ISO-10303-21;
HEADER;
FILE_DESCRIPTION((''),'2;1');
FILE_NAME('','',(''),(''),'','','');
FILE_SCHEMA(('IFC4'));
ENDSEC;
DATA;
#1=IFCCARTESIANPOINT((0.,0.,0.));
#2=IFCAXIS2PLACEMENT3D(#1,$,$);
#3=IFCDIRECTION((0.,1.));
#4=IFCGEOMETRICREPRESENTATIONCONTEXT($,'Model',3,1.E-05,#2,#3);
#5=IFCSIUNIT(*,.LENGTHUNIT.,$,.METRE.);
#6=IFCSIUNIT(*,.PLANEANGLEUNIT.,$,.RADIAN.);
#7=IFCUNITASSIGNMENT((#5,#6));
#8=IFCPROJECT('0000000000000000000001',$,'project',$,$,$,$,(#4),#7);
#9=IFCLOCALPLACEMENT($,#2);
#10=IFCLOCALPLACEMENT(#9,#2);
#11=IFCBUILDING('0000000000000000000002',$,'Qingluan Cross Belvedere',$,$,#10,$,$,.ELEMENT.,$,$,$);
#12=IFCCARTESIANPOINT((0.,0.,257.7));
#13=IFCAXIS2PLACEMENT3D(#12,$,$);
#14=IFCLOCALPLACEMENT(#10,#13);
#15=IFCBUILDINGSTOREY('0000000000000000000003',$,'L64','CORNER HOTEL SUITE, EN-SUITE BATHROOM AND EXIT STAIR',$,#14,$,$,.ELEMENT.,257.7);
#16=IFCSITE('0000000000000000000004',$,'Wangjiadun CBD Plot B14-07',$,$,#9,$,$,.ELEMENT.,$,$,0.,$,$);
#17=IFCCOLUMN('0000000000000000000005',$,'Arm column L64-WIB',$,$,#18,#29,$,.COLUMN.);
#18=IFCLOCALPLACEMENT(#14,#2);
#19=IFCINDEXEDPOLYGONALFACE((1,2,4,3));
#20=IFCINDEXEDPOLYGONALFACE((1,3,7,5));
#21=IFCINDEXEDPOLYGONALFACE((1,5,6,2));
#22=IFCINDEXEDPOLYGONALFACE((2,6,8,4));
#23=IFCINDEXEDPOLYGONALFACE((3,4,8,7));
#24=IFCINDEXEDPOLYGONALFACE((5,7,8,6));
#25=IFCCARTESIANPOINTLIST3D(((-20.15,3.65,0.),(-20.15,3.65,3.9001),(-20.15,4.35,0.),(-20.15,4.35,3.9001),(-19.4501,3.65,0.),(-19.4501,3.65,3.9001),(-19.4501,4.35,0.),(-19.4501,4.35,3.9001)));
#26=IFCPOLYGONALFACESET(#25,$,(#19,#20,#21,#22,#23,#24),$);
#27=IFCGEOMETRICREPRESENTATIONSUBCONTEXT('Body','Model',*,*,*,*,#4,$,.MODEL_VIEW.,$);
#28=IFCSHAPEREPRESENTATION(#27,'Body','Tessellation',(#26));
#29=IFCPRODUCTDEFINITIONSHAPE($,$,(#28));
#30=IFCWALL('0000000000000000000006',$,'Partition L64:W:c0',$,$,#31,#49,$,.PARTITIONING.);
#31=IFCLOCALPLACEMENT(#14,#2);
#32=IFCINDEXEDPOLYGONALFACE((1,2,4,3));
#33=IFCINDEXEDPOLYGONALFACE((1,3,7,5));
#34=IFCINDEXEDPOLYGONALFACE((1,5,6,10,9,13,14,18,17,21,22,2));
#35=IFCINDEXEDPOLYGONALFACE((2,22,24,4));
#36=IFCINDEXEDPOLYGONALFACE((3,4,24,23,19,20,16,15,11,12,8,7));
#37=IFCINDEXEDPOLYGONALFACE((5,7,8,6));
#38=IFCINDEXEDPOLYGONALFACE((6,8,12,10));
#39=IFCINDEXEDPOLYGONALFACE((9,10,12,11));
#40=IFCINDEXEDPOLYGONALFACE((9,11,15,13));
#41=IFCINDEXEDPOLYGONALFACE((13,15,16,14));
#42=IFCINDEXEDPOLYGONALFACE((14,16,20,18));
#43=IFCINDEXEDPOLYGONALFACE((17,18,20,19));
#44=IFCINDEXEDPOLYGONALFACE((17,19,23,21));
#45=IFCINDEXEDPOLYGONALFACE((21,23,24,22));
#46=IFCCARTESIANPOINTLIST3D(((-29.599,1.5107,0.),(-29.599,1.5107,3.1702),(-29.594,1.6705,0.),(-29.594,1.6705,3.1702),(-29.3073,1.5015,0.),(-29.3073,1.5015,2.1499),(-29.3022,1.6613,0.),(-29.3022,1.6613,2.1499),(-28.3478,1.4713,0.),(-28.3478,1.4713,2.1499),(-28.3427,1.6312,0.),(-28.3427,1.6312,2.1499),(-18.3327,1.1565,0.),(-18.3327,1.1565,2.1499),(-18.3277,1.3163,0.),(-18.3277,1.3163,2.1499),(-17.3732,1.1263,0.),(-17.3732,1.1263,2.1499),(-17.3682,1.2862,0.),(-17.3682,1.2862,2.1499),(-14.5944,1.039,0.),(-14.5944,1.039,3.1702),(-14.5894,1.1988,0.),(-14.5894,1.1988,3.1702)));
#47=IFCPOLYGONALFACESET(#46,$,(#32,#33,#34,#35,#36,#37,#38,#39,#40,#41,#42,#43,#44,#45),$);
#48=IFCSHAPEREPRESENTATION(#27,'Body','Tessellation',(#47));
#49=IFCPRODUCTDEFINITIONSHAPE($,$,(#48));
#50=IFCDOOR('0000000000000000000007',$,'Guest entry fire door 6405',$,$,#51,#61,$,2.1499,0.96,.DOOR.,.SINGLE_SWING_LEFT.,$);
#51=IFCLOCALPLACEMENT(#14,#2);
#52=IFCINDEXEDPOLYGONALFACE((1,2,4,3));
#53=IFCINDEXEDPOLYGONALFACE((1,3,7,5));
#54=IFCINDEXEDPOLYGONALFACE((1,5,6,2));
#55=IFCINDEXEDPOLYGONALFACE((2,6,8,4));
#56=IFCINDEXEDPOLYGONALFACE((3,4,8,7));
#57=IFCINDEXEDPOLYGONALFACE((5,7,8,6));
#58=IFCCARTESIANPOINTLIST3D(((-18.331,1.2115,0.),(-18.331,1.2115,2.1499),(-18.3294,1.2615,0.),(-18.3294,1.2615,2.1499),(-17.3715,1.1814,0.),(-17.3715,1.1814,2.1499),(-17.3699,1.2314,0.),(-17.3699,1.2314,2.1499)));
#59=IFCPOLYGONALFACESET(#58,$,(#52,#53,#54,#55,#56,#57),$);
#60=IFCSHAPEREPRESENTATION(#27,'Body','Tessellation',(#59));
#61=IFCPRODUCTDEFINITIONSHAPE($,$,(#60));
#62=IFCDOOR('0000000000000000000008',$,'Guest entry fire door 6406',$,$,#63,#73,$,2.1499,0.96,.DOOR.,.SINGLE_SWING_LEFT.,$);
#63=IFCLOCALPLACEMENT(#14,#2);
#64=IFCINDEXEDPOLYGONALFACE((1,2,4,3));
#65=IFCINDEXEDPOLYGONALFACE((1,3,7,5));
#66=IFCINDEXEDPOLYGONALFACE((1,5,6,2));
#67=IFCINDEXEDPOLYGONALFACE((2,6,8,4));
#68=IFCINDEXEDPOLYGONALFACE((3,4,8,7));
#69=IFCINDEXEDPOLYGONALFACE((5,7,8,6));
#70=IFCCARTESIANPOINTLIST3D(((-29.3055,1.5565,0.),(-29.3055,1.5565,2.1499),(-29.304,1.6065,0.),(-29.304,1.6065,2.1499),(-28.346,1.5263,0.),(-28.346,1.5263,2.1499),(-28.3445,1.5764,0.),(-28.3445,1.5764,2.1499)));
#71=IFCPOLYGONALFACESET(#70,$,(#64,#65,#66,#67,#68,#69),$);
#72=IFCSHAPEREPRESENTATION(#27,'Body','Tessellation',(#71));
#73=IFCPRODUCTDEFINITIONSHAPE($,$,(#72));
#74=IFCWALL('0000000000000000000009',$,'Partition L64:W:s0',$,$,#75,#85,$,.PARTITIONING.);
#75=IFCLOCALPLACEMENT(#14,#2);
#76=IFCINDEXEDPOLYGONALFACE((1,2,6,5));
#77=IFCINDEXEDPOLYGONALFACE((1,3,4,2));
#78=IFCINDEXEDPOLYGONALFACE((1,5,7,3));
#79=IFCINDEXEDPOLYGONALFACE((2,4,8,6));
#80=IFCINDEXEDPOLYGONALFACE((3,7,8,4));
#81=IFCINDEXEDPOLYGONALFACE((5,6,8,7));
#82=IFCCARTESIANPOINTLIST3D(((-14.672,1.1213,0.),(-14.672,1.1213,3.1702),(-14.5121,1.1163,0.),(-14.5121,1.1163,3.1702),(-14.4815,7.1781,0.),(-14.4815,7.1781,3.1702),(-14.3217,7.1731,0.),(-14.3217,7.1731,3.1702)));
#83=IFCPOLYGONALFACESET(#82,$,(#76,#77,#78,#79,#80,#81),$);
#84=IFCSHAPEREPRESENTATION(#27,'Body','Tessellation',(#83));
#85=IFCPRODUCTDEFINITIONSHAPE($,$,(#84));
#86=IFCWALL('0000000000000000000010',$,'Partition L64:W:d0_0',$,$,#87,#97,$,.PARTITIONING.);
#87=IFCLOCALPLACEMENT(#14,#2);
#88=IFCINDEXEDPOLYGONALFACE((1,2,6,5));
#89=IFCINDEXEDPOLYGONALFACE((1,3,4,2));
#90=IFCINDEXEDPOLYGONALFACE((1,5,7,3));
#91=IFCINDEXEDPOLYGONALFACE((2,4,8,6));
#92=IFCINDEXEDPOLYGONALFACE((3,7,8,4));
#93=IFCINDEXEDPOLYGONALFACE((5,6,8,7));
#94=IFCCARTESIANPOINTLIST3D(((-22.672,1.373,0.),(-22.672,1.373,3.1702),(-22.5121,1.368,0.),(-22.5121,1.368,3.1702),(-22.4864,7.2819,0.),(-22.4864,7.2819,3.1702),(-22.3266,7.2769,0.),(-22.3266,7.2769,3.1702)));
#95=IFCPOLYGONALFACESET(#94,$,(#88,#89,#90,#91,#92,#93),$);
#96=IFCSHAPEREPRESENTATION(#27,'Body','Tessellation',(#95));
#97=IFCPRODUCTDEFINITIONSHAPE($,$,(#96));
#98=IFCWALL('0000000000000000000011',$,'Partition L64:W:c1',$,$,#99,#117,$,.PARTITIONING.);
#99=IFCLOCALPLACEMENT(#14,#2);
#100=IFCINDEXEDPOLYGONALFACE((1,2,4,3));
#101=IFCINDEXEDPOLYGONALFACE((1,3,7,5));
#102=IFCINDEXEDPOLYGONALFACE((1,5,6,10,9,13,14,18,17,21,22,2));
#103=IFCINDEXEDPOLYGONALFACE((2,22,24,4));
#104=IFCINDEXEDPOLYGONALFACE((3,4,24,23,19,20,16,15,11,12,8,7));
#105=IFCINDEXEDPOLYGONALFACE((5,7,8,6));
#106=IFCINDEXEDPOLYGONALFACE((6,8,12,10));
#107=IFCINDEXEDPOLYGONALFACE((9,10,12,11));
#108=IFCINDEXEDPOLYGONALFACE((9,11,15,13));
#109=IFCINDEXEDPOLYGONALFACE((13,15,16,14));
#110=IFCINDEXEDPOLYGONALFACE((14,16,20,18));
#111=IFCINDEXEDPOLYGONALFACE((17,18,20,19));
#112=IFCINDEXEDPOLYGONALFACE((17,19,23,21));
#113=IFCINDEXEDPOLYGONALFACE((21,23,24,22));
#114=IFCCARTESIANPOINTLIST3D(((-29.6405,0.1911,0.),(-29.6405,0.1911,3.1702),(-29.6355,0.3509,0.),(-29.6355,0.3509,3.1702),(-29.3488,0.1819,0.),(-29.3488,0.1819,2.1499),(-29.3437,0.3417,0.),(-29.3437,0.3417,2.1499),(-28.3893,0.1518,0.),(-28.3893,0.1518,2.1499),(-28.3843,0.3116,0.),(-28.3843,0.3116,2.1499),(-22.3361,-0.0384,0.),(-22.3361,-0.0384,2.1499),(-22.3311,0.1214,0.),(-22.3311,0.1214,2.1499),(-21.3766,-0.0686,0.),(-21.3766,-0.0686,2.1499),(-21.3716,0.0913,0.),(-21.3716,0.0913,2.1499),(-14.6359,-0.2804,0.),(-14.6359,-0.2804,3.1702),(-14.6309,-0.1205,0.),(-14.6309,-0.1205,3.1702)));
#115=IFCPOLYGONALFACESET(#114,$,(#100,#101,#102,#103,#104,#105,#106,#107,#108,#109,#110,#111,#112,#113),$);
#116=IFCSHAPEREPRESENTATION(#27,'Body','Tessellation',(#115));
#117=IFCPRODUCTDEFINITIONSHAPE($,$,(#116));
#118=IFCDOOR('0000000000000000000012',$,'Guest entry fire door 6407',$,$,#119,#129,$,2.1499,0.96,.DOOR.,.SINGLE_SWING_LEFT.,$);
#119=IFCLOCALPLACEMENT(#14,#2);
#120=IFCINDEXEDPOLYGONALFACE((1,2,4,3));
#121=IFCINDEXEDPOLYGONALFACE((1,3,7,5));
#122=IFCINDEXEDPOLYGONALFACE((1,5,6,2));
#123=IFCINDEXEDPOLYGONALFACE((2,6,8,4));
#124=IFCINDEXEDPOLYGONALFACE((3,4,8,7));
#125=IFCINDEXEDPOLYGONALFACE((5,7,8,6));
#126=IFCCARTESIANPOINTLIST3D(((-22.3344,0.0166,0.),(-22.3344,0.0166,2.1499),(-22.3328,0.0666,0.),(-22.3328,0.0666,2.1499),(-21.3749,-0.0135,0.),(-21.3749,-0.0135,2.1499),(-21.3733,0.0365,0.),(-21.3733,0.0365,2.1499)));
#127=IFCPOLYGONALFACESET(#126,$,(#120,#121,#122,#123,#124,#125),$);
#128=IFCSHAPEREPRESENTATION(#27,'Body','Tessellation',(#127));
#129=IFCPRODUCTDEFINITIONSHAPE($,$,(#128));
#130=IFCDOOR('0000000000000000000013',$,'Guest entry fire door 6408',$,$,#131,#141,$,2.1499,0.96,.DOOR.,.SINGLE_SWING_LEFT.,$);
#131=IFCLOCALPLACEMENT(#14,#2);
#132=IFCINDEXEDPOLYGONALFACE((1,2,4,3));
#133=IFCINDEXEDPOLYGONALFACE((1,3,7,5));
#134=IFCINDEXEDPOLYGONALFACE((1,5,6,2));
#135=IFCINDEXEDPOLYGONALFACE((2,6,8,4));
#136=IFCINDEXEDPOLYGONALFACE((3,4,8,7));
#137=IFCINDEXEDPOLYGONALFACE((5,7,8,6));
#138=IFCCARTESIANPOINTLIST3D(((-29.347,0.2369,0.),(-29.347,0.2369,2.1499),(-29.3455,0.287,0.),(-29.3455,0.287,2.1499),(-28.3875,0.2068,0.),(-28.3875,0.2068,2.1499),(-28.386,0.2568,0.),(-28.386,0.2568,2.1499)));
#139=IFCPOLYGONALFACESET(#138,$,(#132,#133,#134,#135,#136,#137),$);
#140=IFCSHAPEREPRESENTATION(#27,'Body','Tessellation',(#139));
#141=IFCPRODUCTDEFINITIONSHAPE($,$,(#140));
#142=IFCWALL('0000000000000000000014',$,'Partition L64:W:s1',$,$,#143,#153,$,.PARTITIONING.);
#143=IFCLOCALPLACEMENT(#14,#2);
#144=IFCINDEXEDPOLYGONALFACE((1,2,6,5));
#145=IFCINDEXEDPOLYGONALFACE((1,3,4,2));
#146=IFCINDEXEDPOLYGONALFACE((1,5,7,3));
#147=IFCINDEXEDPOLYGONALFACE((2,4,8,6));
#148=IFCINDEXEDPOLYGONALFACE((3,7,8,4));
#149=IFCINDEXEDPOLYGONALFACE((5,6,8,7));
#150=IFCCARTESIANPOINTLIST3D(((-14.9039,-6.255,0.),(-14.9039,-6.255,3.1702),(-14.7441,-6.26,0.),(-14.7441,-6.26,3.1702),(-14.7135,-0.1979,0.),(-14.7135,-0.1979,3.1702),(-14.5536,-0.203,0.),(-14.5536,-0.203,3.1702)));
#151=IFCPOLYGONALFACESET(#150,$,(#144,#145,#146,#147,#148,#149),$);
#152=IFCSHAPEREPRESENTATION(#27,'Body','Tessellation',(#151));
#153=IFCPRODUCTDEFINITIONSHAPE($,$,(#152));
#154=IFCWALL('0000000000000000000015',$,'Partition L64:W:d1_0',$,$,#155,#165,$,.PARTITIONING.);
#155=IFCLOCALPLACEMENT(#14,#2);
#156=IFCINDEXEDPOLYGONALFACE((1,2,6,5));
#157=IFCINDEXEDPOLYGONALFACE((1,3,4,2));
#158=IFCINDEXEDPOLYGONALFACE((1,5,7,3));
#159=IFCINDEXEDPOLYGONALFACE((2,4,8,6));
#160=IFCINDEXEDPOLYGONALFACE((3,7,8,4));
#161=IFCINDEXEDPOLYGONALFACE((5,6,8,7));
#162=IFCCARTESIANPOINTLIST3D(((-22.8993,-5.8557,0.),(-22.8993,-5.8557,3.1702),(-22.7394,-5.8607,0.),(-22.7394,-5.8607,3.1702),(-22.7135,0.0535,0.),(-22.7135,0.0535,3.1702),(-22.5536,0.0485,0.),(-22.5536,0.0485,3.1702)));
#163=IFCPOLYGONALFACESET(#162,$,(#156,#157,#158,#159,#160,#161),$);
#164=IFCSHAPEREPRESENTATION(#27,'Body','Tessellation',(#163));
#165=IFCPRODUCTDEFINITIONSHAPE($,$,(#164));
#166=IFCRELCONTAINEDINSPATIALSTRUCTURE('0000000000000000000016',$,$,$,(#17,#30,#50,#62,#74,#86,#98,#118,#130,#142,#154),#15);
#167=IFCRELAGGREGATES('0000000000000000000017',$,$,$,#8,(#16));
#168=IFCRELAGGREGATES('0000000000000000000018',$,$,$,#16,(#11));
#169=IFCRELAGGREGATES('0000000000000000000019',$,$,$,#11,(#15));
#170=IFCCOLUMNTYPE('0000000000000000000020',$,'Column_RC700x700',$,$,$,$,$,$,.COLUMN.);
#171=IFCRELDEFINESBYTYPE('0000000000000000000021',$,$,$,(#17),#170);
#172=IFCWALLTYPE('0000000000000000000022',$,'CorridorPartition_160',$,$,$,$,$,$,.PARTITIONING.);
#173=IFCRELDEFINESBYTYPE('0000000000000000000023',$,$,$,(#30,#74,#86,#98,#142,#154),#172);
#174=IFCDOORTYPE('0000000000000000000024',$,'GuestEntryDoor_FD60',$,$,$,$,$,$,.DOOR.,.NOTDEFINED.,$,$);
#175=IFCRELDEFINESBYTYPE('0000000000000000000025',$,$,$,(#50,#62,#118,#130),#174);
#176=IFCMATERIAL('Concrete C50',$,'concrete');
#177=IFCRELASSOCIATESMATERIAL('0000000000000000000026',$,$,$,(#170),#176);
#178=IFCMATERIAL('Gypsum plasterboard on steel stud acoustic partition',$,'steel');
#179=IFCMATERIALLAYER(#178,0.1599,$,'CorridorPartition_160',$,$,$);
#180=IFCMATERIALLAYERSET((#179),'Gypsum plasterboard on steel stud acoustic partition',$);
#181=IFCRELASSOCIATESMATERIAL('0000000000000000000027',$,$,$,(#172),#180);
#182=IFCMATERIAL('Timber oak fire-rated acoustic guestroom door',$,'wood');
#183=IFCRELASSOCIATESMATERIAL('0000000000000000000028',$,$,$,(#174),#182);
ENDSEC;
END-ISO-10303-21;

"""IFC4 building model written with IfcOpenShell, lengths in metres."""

from ifc_helpers import new_model, si_unit, direction, frame, frame_2d, origin, origin_2d, place, context, subcontext, project, spatial, rectangle, extrude, material, layer, layer_set, material_profile, profile_set, type_object, element, fill, save


model = new_model("IFC4")

# Units and contexts
model_context = context("Model", 3, precision=1e-05, world=origin(), true_north=direction((0.0, 1.0)))
body_context = subcontext(model_context, "Body", "Model", "MODEL_VIEW")
ifc_project = project(units=[si_unit("LENGTHUNIT", "METRE"), si_unit("PLANEANGLEUNIT", "RADIAN")], contexts=[model_context])

# Site, building, storey
site_placement = place(None, origin())
site = spatial("IfcSite", under=ifc_project, at=site_placement, Name="Wangjiadun CBD Plot B14-07", CompositionType="ELEMENT", RefElevation=0.0)
building_placement = place(site_placement, origin())
building = spatial("IfcBuilding", under=site, at=building_placement, Name="Qingluan Cross Belvedere", CompositionType="ELEMENT")
storey_placement = place(building_placement, frame((0.0, 0.0, 257.7)))
storey = spatial("IfcBuildingStorey", under=building, at=storey_placement, Name="L64", Description="CORNER HOTEL SUITE, EN-SUITE BATHROOM AND EXIT STAIR", CompositionType="ELEMENT", Elevation=257.7)

# Column
ifc_material_1 = material(Name="Concrete C50", Category="concrete")
ifc_material_profile = material_profile(ifc_material_1, rectangle(XDim=0.7, YDim=0.7, at=origin_2d()), Name="RC700x700")
ifc_profile_set = profile_set([ifc_material_profile], Name="Concrete C50")
column_type = type_object("IfcColumnType", Name="Column_RC700x700", PredefinedType="COLUMN", material=ifc_profile_set)
column_placement = place(storey_placement, frame((-19.8, 4.0, 0.0), z_axis=(0.0, 0.0, 1.0), x_axis=(1.0, 0.0, 0.0)))
element("IfcColumn", 1, at=column_placement, inside=storey, type_object=column_type, Name="Arm column L64-WIB", PredefinedType="COLUMN", context=body_context, shape_type="SweptSolid", body=[
    extrude(rectangle(XDim=0.7, YDim=0.7, at=origin_2d()), origin(), (0.0, 0.0, 1.0), 3.9001),
])

# Wall, openings, doors
ifc_material_2 = material(Name="Gypsum plasterboard on steel stud acoustic partition", Category="steel")
ifc_layer_1 = layer(ifc_material_2, 0.1599, Name="CorridorPartition_160")
ifc_layer_set_1 = layer_set([ifc_layer_1], Name="Gypsum plasterboard on steel stud acoustic partition")
wall_type_1 = type_object("IfcWallType", Name="CorridorPartition_160", PredefinedType="PARTITIONING", material=ifc_layer_set_1)
wall_1_placement = place(storey_placement, frame((-14.592, 1.1189, 0.0), z_axis=(0.0, 0.0, 1.0), x_axis=(-0.999506, 0.03142, 0.0)))
wall_1 = element("IfcWall", 2, at=wall_1_placement, inside=storey, type_object=wall_type_1, Name="Partition L64:W:c0", PredefinedType="PARTITIONING", context=body_context, shape_type="SweptSolid", body=[
    extrude(rectangle(XDim=15.012, YDim=0.1599, at=frame_2d((7.5059, 0.0))), origin(), (0.0, 0.0, 1.0), 3.1702),
])
opening_1_placement = place(wall_1_placement, frame((2.78, 0.0, 0.0)))
opening_1 = element("IfcOpeningElement", 3, at=opening_1_placement, cuts=wall_1, PredefinedType="OPENING", context=body_context, shape_type="SweptSolid", body=[
    extrude(rectangle(XDim=0.96, YDim=2.1499, at=frame_2d((0.48, 1.075))), frame((0.0, 0.0898, 0.0), z_axis=(0.0, -1.0, 0.0), x_axis=(1.0, 0.0, 0.0)), (0.0, 0.0, 1.0), 0.1799),
])
opening_2_placement = place(wall_1_placement, frame((13.76, 0.0, 0.0)))
opening_2 = element("IfcOpeningElement", 4, at=opening_2_placement, cuts=wall_1, PredefinedType="OPENING", context=body_context, shape_type="SweptSolid", body=[
    extrude(rectangle(XDim=0.96, YDim=2.1499, at=frame_2d((0.48, 1.075))), frame((0.0, 0.0898, 0.0), z_axis=(0.0, -1.0, 0.0), x_axis=(1.0, 0.0, 0.0)), (0.0, 0.0, 1.0), 0.1799),
])
ifc_material_3 = material(Name="Timber oak fire-rated acoustic guestroom door", Category="wood")
door_type_1 = type_object("IfcDoorType", Name="GuestEntryDoor_FD60", OperationType="NOTDEFINED", PredefinedType="DOOR", material=ifc_material_3)
door_1_placement = place(opening_1_placement, origin())
door_1 = element("IfcDoor", 5, at=door_1_placement, inside=storey, type_object=door_type_1, Name="Guest entry fire door 6405", OperationType="SINGLE_SWING_LEFT", OverallHeight=2.1499, OverallWidth=0.96, PredefinedType="DOOR", context=body_context, shape_type="SweptSolid", body=[
    extrude(rectangle(XDim=0.96, YDim=2.1499, at=frame_2d((0.48, 1.075))), frame((0.0, 0.0249, 0.0), z_axis=(0.0, -1.0, 0.0), x_axis=(1.0, 0.0, 0.0)), (0.0, 0.0, 1.0), 0.05),
])
fill(opening_1, door_1)
door_2_placement = place(opening_2_placement, origin())
door_2 = element("IfcDoor", 6, at=door_2_placement, inside=storey, type_object=door_type_1, Name="Guest entry fire door 6406", OperationType="SINGLE_SWING_LEFT", OverallHeight=2.1499, OverallWidth=0.96, PredefinedType="DOOR", context=body_context, shape_type="SweptSolid", body=[
    extrude(rectangle(XDim=0.96, YDim=2.1499, at=frame_2d((0.48, 1.075))), frame((0.0, 0.0249, 0.0), z_axis=(0.0, -1.0, 0.0), x_axis=(1.0, 0.0, 0.0)), (0.0, 0.0, 1.0), 0.05),
])
fill(opening_2, door_2)

# Walls
wall_2_placement = place(storey_placement, frame((-14.592, 1.1189, 0.0), z_axis=(0.0, 0.0, 1.0), x_axis=(0.031425, 0.999506, 0.0)))
element("IfcWall", 7, at=wall_2_placement, inside=storey, type_object=wall_type_1, Name="Partition L64:W:s0", PredefinedType="PARTITIONING", context=body_context, shape_type="SweptSolid", body=[
    extrude(rectangle(XDim=6.0598, YDim=0.1599, at=frame_2d((3.0298, 0.0))), origin(), (0.0, 0.0, 1.0), 3.1702),
])
wall_3_placement = place(storey_placement, frame((-22.592, 1.3704, 0.0), z_axis=(0.0, 0.0, 1.0), x_axis=(0.031386, 0.999507, 0.0)))
element("IfcWall", 8, at=wall_3_placement, inside=storey, type_object=wall_type_1, Name="Partition L64:W:d0_0", PredefinedType="PARTITIONING", context=body_context, shape_type="SweptSolid", body=[
    extrude(rectangle(XDim=5.9119, YDim=0.1599, at=frame_2d((2.9561, 0.0))), origin(), (0.0, 0.0, 1.0), 3.1702),
])

# Wall, openings, doors
wall_4_placement = place(storey_placement, frame((-14.6335, -0.2004, 0.0), z_axis=(0.0, 0.0, 1.0), x_axis=(-0.999507, 0.031404, 0.0)))
wall_4 = element("IfcWall", 9, at=wall_4_placement, inside=storey, type_object=wall_type_1, Name="Partition L64:W:c1", PredefinedType="PARTITIONING", context=body_context, shape_type="SweptSolid", body=[
    extrude(rectangle(XDim=15.012, YDim=0.1599, at=frame_2d((7.5059, 0.0))), origin(), (0.0, 0.0, 1.0), 3.1702),
])
opening_3_placement = place(wall_4_placement, frame((6.7439, 0.0, 0.0)))
opening_3 = element("IfcOpeningElement", 10, at=opening_3_placement, cuts=wall_4, PredefinedType="OPENING", context=body_context, shape_type="SweptSolid", body=[
    extrude(rectangle(XDim=0.96, YDim=2.1499, at=frame_2d((0.48, 1.075))), frame((0.0, 0.0898, 0.0), z_axis=(0.0, -1.0, 0.0), x_axis=(1.0, 0.0, 0.0)), (0.0, 0.0, 1.0), 0.1799),
])
opening_4_placement = place(wall_4_placement, frame((13.76, 0.0, 0.0)))
opening_4 = element("IfcOpeningElement", 11, at=opening_4_placement, cuts=wall_4, PredefinedType="OPENING", context=body_context, shape_type="SweptSolid", body=[
    extrude(rectangle(XDim=0.96, YDim=2.1499, at=frame_2d((0.48, 1.075))), frame((0.0, 0.0898, 0.0), z_axis=(0.0, -1.0, 0.0), x_axis=(1.0, 0.0, 0.0)), (0.0, 0.0, 1.0), 0.1799),
])
door_3_placement = place(opening_3_placement, origin())
door_3 = element("IfcDoor", 12, at=door_3_placement, inside=storey, type_object=door_type_1, Name="Guest entry fire door 6407", OperationType="SINGLE_SWING_LEFT", OverallHeight=2.1499, OverallWidth=0.96, PredefinedType="DOOR", context=body_context, shape_type="SweptSolid", body=[
    extrude(rectangle(XDim=0.96, YDim=2.1499, at=frame_2d((0.48, 1.075))), frame((0.0, 0.0249, 0.0), z_axis=(0.0, -1.0, 0.0), x_axis=(1.0, 0.0, 0.0)), (0.0, 0.0, 1.0), 0.05),
])
fill(opening_3, door_3)
door_4_placement = place(opening_4_placement, origin())
door_4 = element("IfcDoor", 13, at=door_4_placement, inside=storey, type_object=door_type_1, Name="Guest entry fire door 6408", OperationType="SINGLE_SWING_LEFT", OverallHeight=2.1499, OverallWidth=0.96, PredefinedType="DOOR", context=body_context, shape_type="SweptSolid", body=[
    extrude(rectangle(XDim=0.96, YDim=2.1499, at=frame_2d((0.48, 1.075))), frame((0.0, 0.0249, 0.0), z_axis=(0.0, -1.0, 0.0), x_axis=(1.0, 0.0, 0.0)), (0.0, 0.0, 1.0), 0.05),
])
fill(opening_4, door_4)

# Walls
wall_5_placement = place(storey_placement, frame((-14.6335, -0.2004, 0.0), z_axis=(0.0, 0.0, 1.0), x_axis=(-0.031423, -0.999506, 0.0)))
element("IfcWall", 14, at=wall_5_placement, inside=storey, type_object=wall_type_1, Name="Partition L64:W:s1", PredefinedType="PARTITIONING", context=body_context, shape_type="SweptSolid", body=[
    extrude(rectangle(XDim=6.0601, YDim=0.1599, at=frame_2d((3.03, 0.0))), origin(), (0.0, 0.0, 1.0), 3.1702),
])
wall_6_placement = place(storey_placement, frame((-22.6335, 0.051, 0.0), z_axis=(0.0, 0.0, 1.0), x_axis=(-0.031426, -0.999506, 0.0)))
element("IfcWall", 15, at=wall_6_placement, inside=storey, type_object=wall_type_1, Name="Partition L64:W:d1_0", PredefinedType="PARTITIONING", context=body_context, shape_type="SweptSolid", body=[
    extrude(rectangle(XDim=5.9121, YDim=0.1599, at=frame_2d((2.9561, 0.0))), origin(), (0.0, 0.0, 1.0), 3.1702),
])

save(model, "model.ifc")
